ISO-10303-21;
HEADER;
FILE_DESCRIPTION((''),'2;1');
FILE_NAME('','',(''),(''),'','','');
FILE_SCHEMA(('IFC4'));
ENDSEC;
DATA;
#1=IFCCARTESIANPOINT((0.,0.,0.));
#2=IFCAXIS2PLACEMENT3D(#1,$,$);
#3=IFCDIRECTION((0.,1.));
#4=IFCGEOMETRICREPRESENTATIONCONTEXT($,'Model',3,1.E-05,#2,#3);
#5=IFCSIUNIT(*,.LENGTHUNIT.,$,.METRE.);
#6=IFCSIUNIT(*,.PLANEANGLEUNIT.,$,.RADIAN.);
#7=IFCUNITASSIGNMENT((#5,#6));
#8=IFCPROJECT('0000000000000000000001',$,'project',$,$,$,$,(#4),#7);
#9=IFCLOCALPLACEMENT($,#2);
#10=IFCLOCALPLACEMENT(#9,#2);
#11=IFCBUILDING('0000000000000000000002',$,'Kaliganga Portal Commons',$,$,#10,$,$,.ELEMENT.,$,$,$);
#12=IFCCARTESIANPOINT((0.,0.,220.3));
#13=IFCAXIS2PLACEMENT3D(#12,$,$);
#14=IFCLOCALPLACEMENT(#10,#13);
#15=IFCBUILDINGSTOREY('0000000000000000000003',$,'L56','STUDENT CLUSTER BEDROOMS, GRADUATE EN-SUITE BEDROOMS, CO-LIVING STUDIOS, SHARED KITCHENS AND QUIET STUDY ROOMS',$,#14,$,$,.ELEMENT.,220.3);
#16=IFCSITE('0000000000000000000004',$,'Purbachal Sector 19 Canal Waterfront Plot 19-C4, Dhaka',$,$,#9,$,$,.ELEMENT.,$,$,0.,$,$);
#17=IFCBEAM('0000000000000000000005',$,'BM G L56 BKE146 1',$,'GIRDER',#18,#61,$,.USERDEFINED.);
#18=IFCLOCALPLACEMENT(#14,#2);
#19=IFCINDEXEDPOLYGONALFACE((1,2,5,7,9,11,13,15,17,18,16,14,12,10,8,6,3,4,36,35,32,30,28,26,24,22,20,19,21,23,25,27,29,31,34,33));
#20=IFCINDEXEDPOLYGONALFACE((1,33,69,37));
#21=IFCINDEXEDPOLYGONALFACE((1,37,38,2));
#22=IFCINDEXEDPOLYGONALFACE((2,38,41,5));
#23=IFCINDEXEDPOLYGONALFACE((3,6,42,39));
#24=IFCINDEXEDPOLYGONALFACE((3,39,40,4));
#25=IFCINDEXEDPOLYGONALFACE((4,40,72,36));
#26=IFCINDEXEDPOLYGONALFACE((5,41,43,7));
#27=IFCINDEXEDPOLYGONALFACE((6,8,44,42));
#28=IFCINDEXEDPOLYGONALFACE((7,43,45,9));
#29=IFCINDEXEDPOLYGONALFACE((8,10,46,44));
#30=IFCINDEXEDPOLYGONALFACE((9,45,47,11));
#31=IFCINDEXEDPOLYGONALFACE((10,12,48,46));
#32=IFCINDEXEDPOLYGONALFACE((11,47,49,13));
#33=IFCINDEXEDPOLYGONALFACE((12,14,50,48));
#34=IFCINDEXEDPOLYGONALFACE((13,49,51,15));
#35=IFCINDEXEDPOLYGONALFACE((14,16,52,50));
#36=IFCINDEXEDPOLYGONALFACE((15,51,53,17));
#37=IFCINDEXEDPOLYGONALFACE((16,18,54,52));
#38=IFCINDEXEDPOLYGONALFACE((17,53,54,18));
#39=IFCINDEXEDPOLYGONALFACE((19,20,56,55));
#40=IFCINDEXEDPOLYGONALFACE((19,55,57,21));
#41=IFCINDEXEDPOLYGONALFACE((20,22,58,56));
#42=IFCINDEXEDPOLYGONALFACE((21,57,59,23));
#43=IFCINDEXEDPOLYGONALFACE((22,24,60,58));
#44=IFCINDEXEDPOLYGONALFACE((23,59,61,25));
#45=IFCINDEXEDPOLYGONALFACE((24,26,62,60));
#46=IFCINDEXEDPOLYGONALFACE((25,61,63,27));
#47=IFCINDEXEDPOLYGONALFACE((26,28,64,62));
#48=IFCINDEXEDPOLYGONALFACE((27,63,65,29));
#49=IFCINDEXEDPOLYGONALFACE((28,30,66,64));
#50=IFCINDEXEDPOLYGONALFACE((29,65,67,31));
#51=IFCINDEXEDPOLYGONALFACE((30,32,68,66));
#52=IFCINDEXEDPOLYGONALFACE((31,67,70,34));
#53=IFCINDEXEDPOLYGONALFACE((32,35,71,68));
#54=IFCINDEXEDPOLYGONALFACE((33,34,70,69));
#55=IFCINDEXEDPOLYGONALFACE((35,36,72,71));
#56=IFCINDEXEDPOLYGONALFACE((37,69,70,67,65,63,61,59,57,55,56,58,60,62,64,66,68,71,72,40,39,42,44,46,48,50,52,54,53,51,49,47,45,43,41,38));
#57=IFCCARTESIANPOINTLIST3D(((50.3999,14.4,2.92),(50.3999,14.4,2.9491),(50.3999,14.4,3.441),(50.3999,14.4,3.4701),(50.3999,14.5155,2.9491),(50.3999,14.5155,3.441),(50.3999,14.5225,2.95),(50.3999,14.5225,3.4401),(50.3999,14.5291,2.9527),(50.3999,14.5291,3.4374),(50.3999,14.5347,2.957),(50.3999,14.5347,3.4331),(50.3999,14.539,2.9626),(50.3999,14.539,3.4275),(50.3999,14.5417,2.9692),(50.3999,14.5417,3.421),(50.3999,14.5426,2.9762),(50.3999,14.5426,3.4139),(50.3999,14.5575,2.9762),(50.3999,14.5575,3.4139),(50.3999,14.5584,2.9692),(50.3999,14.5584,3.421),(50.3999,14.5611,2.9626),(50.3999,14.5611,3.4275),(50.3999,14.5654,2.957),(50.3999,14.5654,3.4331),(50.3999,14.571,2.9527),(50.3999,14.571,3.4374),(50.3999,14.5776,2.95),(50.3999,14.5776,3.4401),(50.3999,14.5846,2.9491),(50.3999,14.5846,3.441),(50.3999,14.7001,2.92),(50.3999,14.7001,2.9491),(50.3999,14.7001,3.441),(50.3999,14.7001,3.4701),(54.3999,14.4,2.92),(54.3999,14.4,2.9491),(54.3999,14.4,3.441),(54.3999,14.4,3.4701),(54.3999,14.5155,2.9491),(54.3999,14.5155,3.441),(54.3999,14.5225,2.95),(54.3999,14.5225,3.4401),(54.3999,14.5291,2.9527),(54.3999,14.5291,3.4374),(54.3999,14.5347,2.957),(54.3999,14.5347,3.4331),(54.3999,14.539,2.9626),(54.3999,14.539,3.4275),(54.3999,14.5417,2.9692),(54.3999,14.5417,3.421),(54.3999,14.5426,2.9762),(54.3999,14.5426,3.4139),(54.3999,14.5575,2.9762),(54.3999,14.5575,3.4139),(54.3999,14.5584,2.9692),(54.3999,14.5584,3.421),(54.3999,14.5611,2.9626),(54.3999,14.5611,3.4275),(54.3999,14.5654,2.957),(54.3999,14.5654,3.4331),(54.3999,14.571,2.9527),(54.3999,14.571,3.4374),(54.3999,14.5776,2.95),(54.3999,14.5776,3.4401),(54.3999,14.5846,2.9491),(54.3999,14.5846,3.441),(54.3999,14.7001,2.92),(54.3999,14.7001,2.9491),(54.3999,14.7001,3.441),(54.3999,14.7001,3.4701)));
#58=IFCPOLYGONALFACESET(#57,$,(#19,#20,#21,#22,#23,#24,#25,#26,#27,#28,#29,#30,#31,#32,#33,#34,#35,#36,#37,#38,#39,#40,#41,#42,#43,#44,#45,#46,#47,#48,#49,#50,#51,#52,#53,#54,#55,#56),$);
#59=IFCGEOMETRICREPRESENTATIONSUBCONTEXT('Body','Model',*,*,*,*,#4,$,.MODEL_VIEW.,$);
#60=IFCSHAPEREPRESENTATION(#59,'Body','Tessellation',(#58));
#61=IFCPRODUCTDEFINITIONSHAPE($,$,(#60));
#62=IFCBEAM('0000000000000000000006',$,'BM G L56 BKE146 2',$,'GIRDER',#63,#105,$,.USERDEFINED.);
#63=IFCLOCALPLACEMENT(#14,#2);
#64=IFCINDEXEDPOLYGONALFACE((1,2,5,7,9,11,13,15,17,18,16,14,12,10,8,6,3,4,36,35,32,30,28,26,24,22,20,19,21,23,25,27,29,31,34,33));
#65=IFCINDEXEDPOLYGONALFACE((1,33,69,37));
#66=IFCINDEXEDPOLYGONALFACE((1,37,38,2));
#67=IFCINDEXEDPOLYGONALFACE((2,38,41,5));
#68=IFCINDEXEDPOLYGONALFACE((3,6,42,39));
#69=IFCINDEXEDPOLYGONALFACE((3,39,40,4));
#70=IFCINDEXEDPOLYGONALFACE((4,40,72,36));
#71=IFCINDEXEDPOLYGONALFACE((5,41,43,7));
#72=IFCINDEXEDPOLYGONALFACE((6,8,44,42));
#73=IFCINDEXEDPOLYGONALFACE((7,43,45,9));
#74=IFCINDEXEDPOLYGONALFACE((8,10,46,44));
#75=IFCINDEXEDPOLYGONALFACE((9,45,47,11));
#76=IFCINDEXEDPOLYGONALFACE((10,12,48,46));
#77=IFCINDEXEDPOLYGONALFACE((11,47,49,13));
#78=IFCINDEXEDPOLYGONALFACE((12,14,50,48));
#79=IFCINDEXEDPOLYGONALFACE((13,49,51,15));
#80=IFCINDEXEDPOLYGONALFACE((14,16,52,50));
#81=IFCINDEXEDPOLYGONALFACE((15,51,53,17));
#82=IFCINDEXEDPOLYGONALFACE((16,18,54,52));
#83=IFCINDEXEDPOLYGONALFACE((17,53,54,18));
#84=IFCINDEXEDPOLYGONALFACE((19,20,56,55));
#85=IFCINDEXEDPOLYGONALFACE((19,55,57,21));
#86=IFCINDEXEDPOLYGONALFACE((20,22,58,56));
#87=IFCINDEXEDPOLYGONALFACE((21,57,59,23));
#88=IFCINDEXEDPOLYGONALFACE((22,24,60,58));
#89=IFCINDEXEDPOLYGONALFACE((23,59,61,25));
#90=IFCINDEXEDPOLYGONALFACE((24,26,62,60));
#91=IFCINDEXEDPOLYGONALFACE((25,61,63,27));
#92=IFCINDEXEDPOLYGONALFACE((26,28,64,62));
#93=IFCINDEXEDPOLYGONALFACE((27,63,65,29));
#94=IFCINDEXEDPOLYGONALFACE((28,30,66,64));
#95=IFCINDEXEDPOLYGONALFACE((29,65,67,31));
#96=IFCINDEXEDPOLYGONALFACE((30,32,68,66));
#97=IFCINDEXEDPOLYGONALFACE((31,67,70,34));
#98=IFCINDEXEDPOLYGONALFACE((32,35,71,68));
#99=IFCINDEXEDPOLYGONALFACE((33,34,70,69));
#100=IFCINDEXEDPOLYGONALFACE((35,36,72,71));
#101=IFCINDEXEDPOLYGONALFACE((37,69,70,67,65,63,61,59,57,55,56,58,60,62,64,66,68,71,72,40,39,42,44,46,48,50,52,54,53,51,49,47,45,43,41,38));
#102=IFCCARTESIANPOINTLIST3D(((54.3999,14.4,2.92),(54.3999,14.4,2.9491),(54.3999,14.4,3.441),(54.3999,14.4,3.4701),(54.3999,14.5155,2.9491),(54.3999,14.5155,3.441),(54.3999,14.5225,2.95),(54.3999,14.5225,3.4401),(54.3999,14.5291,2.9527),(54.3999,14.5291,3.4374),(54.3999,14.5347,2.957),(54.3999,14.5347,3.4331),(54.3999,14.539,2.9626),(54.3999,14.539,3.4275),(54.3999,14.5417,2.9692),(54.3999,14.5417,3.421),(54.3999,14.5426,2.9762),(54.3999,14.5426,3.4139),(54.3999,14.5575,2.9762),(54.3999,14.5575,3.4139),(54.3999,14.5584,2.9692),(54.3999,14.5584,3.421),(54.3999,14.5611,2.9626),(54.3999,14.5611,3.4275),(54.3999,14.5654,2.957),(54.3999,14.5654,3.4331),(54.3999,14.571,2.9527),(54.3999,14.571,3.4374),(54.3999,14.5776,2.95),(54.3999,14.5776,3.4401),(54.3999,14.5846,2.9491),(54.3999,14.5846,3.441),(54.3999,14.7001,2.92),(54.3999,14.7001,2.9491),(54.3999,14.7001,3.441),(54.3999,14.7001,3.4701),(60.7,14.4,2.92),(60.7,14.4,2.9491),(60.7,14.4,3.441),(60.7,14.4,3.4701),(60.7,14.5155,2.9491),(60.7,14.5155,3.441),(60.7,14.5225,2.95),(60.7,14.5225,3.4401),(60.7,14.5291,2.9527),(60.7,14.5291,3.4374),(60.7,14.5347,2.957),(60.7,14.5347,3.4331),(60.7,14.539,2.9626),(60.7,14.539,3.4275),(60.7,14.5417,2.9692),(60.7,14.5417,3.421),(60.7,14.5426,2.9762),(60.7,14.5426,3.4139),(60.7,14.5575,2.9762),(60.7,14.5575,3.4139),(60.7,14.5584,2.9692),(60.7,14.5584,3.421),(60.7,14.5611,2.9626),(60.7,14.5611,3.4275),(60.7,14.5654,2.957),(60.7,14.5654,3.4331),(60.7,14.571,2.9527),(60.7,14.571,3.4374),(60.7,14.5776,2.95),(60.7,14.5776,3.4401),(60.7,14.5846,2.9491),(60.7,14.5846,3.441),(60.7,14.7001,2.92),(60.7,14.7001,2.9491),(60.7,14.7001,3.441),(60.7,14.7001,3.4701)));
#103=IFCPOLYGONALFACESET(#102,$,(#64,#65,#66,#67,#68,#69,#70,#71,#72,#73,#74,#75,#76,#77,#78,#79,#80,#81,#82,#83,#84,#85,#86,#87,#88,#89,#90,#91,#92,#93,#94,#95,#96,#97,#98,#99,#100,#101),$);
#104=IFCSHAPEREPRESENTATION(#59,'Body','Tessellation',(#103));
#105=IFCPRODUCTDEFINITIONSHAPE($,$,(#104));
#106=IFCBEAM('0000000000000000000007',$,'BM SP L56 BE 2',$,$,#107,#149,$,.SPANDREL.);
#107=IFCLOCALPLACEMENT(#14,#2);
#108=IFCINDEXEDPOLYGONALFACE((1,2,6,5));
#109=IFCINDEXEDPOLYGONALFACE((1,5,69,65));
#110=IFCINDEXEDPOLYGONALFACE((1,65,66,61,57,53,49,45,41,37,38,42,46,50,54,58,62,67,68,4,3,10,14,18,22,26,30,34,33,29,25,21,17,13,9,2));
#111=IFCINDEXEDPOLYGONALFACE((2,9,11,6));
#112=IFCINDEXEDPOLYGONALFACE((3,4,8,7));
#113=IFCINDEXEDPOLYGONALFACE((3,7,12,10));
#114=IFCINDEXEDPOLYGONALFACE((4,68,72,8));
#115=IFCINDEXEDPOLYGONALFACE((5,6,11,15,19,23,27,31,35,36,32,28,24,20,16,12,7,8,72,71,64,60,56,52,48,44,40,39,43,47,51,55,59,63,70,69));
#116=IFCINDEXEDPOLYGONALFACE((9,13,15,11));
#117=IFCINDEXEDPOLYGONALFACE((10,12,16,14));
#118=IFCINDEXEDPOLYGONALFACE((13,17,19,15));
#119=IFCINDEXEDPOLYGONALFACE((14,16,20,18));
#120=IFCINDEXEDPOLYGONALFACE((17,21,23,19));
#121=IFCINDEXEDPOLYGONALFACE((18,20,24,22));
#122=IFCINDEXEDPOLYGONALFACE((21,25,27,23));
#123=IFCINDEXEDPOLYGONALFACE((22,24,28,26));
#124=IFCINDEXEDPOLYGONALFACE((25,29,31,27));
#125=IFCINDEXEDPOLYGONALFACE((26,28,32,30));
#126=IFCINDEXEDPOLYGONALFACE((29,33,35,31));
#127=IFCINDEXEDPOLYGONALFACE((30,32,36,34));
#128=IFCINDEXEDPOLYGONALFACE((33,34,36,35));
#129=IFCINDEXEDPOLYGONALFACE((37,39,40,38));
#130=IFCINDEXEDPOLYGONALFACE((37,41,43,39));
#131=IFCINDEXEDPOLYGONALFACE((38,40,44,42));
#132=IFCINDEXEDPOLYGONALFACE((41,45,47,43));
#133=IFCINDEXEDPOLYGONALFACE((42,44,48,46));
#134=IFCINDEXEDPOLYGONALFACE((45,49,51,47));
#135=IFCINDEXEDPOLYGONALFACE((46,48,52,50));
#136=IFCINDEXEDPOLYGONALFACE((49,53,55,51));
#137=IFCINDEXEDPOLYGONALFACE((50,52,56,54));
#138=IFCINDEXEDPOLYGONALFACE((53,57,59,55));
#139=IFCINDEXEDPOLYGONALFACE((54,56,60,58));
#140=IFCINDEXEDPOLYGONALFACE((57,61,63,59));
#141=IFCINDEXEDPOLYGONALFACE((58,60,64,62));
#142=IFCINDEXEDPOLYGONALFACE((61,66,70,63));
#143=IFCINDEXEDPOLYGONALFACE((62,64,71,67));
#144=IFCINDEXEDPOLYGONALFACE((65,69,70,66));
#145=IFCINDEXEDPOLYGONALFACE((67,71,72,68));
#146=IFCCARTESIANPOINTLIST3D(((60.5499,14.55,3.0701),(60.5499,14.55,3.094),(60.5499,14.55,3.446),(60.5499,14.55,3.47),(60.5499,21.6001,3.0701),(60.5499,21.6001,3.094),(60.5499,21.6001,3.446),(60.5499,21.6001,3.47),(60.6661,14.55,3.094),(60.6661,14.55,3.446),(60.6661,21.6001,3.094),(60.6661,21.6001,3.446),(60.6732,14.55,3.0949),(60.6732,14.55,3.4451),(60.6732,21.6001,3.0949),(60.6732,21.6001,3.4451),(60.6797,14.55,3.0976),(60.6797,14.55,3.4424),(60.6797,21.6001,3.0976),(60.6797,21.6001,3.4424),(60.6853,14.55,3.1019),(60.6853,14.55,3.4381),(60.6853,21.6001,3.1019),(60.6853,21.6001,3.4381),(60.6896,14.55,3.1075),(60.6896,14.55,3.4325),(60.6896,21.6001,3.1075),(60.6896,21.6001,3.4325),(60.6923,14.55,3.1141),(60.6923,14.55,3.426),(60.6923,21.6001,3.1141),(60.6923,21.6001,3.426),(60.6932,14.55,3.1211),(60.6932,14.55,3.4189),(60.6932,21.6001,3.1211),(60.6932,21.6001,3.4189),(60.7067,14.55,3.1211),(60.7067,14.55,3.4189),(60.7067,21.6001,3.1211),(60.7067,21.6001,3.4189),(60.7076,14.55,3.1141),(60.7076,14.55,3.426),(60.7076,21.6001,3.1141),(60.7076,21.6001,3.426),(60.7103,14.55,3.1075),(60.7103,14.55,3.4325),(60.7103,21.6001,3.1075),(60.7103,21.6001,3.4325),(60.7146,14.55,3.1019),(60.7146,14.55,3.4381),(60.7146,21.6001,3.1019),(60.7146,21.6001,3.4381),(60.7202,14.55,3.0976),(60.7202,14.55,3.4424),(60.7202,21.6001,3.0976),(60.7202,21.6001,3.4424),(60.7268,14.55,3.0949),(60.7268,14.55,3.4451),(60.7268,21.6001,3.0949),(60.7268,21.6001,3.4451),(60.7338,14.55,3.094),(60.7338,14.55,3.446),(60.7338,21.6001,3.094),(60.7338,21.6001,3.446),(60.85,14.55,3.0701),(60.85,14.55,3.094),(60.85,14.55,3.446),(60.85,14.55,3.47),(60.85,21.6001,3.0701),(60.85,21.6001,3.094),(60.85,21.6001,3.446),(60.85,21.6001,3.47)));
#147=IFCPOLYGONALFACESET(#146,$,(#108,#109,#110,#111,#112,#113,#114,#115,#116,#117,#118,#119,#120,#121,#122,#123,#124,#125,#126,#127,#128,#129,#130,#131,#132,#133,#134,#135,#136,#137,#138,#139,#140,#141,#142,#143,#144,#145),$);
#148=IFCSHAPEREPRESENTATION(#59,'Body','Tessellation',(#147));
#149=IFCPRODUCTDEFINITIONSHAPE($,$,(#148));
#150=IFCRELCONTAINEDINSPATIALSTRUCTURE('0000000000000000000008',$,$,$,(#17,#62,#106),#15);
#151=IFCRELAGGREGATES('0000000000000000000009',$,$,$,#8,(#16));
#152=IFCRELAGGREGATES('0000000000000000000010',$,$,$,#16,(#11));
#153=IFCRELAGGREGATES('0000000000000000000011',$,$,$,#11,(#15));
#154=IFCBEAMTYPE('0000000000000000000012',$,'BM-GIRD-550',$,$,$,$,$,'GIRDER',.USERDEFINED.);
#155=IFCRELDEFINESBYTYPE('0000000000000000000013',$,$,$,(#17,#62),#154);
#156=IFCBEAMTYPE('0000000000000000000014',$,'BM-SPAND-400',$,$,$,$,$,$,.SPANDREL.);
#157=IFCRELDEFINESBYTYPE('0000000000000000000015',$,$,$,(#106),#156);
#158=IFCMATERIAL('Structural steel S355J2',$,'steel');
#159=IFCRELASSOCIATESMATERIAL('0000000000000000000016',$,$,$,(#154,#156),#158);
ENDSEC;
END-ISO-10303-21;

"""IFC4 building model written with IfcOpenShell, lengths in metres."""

from ifc_helpers import new_model, si_unit, direction, frame, origin, origin_2d, place, context, subcontext, project, spatial, i_section, extrude, source, transform, mapped, material, material_profile, profile_set, type_object, element, save


model = new_model("IFC4")

# Units and contexts
model_context = context("Model", 3, precision=1e-05, world=origin(), true_north=direction((0.0, 1.0)))
body_context = subcontext(model_context, "Body", "Model", "MODEL_VIEW")
ifc_project = project(units=[si_unit("LENGTHUNIT", "METRE"), si_unit("PLANEANGLEUNIT", "RADIAN")], contexts=[model_context])

# Site, building, storey
site_placement = place(None, origin())
site = spatial("IfcSite", under=ifc_project, at=site_placement, Name="Purbachal Sector 19 Canal Waterfront Plot 19-C4, Dhaka", CompositionType="ELEMENT", RefElevation=0.0)
building_placement = place(site_placement, origin())
building = spatial("IfcBuilding", under=site, at=building_placement, Name="Kaliganga Portal Commons", CompositionType="ELEMENT")
storey_placement = place(building_placement, frame((0.0, 0.0, 220.3)))
storey = spatial("IfcBuildingStorey", under=building, at=storey_placement, Name="L56", Description="STUDENT CLUSTER BEDROOMS, GRADUATE EN-SUITE BEDROOMS, CO-LIVING STUDIOS, SHARED KITCHENS AND QUIET STUDY ROOMS", CompositionType="ELEMENT", Elevation=220.3)

# Shared definitions
ifc_material_1 = material(Name="Structural steel S355J2", Category="steel")

# Beams
ifc_material_profile_1 = material_profile(ifc_material_1, i_section(OverallWidth=0.3, OverallDepth=0.55, WebThickness=0.0149, FlangeThickness=0.0291, FilletRadius=0.0271, at=origin_2d()), Name="HE 550 B")
ifc_profile_set_1 = profile_set([ifc_material_profile_1], Name="Structural steel S355J2 wide-flange")
beam_type_1 = type_object("IfcBeamType", Name="BM-GIRD-550", ElementType="GIRDER", PredefinedType="USERDEFINED", material=ifc_profile_set_1)
shared_shape_1 = source(origin(), body_context, "Body", "SweptSolid", [
    extrude(i_section(OverallWidth=0.3, OverallDepth=0.55, WebThickness=0.0149, FlangeThickness=0.0291, FilletRadius=0.0271, at=origin_2d()), origin(), (0.0, 0.0, 1.0), 4.0),
])
beam_1_placement = place(storey_placement, frame((50.3999, 14.55, 3.1951), z_axis=(1.0, 0.0, 0.0), x_axis=(0.0, 1.0, 0.0)))
element("IfcBeam", 1, at=beam_1_placement, inside=storey, type_object=beam_type_1, Name="BM G L56 BKE146 1", ObjectType="GIRDER", PredefinedType="USERDEFINED", context=body_context, shape_type="MappedRepresentation", body=[
    mapped(shared_shape_1, transform((0.0, 0.0, 0.0), x_axis=(1.0, 0.0, 0.0), y_axis=(0.0, 1.0, 0.0), z_axis=(0.0, 0.0, 1.0), scale=1.0)),
])
shared_shape_2 = source(origin(), body_context, "Body", "SweptSolid", [
    extrude(i_section(OverallWidth=0.3, OverallDepth=0.55, WebThickness=0.0149, FlangeThickness=0.0291, FilletRadius=0.0271, at=origin_2d()), origin(), (0.0, 0.0, 1.0), 6.3),
])
beam_2_placement = place(storey_placement, frame((54.3999, 14.55, 3.1951), z_axis=(1.0, 0.0, 0.0), x_axis=(0.0, 1.0, 0.0)))
element("IfcBeam", 2, at=beam_2_placement, inside=storey, type_object=beam_type_1, Name="BM G L56 BKE146 2", ObjectType="GIRDER", PredefinedType="USERDEFINED", context=body_context, shape_type="MappedRepresentation", body=[
    mapped(shared_shape_2, transform((0.0, 0.0, 0.0), x_axis=(1.0, 0.0, 0.0), y_axis=(0.0, 1.0, 0.0), z_axis=(0.0, 0.0, 1.0), scale=1.0)),
])
ifc_material_profile_2 = material_profile(ifc_material_1, i_section(OverallWidth=0.3, OverallDepth=0.3999, WebThickness=0.0134, FlangeThickness=0.0239, FilletRadius=0.0271, at=origin_2d()), Name="HE 400 B")
ifc_profile_set_2 = profile_set([ifc_material_profile_2], Name="Structural steel S355J2 wide-flange")
beam_type_2 = type_object("IfcBeamType", Name="BM-SPAND-400", PredefinedType="SPANDREL", material=ifc_profile_set_2)
shared_shape_3 = source(origin(), body_context, "Body", "SweptSolid", [
    extrude(i_section(OverallWidth=0.3, OverallDepth=0.3999, WebThickness=0.0134, FlangeThickness=0.0239, FilletRadius=0.0271, at=origin_2d()), origin(), (0.0, 0.0, 1.0), 7.05),
])
beam_3_placement = place(storey_placement, frame((60.7, 14.55, 3.27), z_axis=(0.0, 1.0, 0.0), x_axis=(-1.0, 0.0, 0.0)))
element("IfcBeam", 3, at=beam_3_placement, inside=storey, type_object=beam_type_2, Name="BM SP L56 BE 2", PredefinedType="SPANDREL", context=body_context, shape_type="MappedRepresentation", body=[
    mapped(shared_shape_3, transform((0.0, 0.0, 0.0), x_axis=(1.0, 0.0, 0.0), y_axis=(0.0, 1.0, 0.0), z_axis=(0.0, 0.0, 1.0), scale=1.0)),
])

save(model, "model.ifc")
